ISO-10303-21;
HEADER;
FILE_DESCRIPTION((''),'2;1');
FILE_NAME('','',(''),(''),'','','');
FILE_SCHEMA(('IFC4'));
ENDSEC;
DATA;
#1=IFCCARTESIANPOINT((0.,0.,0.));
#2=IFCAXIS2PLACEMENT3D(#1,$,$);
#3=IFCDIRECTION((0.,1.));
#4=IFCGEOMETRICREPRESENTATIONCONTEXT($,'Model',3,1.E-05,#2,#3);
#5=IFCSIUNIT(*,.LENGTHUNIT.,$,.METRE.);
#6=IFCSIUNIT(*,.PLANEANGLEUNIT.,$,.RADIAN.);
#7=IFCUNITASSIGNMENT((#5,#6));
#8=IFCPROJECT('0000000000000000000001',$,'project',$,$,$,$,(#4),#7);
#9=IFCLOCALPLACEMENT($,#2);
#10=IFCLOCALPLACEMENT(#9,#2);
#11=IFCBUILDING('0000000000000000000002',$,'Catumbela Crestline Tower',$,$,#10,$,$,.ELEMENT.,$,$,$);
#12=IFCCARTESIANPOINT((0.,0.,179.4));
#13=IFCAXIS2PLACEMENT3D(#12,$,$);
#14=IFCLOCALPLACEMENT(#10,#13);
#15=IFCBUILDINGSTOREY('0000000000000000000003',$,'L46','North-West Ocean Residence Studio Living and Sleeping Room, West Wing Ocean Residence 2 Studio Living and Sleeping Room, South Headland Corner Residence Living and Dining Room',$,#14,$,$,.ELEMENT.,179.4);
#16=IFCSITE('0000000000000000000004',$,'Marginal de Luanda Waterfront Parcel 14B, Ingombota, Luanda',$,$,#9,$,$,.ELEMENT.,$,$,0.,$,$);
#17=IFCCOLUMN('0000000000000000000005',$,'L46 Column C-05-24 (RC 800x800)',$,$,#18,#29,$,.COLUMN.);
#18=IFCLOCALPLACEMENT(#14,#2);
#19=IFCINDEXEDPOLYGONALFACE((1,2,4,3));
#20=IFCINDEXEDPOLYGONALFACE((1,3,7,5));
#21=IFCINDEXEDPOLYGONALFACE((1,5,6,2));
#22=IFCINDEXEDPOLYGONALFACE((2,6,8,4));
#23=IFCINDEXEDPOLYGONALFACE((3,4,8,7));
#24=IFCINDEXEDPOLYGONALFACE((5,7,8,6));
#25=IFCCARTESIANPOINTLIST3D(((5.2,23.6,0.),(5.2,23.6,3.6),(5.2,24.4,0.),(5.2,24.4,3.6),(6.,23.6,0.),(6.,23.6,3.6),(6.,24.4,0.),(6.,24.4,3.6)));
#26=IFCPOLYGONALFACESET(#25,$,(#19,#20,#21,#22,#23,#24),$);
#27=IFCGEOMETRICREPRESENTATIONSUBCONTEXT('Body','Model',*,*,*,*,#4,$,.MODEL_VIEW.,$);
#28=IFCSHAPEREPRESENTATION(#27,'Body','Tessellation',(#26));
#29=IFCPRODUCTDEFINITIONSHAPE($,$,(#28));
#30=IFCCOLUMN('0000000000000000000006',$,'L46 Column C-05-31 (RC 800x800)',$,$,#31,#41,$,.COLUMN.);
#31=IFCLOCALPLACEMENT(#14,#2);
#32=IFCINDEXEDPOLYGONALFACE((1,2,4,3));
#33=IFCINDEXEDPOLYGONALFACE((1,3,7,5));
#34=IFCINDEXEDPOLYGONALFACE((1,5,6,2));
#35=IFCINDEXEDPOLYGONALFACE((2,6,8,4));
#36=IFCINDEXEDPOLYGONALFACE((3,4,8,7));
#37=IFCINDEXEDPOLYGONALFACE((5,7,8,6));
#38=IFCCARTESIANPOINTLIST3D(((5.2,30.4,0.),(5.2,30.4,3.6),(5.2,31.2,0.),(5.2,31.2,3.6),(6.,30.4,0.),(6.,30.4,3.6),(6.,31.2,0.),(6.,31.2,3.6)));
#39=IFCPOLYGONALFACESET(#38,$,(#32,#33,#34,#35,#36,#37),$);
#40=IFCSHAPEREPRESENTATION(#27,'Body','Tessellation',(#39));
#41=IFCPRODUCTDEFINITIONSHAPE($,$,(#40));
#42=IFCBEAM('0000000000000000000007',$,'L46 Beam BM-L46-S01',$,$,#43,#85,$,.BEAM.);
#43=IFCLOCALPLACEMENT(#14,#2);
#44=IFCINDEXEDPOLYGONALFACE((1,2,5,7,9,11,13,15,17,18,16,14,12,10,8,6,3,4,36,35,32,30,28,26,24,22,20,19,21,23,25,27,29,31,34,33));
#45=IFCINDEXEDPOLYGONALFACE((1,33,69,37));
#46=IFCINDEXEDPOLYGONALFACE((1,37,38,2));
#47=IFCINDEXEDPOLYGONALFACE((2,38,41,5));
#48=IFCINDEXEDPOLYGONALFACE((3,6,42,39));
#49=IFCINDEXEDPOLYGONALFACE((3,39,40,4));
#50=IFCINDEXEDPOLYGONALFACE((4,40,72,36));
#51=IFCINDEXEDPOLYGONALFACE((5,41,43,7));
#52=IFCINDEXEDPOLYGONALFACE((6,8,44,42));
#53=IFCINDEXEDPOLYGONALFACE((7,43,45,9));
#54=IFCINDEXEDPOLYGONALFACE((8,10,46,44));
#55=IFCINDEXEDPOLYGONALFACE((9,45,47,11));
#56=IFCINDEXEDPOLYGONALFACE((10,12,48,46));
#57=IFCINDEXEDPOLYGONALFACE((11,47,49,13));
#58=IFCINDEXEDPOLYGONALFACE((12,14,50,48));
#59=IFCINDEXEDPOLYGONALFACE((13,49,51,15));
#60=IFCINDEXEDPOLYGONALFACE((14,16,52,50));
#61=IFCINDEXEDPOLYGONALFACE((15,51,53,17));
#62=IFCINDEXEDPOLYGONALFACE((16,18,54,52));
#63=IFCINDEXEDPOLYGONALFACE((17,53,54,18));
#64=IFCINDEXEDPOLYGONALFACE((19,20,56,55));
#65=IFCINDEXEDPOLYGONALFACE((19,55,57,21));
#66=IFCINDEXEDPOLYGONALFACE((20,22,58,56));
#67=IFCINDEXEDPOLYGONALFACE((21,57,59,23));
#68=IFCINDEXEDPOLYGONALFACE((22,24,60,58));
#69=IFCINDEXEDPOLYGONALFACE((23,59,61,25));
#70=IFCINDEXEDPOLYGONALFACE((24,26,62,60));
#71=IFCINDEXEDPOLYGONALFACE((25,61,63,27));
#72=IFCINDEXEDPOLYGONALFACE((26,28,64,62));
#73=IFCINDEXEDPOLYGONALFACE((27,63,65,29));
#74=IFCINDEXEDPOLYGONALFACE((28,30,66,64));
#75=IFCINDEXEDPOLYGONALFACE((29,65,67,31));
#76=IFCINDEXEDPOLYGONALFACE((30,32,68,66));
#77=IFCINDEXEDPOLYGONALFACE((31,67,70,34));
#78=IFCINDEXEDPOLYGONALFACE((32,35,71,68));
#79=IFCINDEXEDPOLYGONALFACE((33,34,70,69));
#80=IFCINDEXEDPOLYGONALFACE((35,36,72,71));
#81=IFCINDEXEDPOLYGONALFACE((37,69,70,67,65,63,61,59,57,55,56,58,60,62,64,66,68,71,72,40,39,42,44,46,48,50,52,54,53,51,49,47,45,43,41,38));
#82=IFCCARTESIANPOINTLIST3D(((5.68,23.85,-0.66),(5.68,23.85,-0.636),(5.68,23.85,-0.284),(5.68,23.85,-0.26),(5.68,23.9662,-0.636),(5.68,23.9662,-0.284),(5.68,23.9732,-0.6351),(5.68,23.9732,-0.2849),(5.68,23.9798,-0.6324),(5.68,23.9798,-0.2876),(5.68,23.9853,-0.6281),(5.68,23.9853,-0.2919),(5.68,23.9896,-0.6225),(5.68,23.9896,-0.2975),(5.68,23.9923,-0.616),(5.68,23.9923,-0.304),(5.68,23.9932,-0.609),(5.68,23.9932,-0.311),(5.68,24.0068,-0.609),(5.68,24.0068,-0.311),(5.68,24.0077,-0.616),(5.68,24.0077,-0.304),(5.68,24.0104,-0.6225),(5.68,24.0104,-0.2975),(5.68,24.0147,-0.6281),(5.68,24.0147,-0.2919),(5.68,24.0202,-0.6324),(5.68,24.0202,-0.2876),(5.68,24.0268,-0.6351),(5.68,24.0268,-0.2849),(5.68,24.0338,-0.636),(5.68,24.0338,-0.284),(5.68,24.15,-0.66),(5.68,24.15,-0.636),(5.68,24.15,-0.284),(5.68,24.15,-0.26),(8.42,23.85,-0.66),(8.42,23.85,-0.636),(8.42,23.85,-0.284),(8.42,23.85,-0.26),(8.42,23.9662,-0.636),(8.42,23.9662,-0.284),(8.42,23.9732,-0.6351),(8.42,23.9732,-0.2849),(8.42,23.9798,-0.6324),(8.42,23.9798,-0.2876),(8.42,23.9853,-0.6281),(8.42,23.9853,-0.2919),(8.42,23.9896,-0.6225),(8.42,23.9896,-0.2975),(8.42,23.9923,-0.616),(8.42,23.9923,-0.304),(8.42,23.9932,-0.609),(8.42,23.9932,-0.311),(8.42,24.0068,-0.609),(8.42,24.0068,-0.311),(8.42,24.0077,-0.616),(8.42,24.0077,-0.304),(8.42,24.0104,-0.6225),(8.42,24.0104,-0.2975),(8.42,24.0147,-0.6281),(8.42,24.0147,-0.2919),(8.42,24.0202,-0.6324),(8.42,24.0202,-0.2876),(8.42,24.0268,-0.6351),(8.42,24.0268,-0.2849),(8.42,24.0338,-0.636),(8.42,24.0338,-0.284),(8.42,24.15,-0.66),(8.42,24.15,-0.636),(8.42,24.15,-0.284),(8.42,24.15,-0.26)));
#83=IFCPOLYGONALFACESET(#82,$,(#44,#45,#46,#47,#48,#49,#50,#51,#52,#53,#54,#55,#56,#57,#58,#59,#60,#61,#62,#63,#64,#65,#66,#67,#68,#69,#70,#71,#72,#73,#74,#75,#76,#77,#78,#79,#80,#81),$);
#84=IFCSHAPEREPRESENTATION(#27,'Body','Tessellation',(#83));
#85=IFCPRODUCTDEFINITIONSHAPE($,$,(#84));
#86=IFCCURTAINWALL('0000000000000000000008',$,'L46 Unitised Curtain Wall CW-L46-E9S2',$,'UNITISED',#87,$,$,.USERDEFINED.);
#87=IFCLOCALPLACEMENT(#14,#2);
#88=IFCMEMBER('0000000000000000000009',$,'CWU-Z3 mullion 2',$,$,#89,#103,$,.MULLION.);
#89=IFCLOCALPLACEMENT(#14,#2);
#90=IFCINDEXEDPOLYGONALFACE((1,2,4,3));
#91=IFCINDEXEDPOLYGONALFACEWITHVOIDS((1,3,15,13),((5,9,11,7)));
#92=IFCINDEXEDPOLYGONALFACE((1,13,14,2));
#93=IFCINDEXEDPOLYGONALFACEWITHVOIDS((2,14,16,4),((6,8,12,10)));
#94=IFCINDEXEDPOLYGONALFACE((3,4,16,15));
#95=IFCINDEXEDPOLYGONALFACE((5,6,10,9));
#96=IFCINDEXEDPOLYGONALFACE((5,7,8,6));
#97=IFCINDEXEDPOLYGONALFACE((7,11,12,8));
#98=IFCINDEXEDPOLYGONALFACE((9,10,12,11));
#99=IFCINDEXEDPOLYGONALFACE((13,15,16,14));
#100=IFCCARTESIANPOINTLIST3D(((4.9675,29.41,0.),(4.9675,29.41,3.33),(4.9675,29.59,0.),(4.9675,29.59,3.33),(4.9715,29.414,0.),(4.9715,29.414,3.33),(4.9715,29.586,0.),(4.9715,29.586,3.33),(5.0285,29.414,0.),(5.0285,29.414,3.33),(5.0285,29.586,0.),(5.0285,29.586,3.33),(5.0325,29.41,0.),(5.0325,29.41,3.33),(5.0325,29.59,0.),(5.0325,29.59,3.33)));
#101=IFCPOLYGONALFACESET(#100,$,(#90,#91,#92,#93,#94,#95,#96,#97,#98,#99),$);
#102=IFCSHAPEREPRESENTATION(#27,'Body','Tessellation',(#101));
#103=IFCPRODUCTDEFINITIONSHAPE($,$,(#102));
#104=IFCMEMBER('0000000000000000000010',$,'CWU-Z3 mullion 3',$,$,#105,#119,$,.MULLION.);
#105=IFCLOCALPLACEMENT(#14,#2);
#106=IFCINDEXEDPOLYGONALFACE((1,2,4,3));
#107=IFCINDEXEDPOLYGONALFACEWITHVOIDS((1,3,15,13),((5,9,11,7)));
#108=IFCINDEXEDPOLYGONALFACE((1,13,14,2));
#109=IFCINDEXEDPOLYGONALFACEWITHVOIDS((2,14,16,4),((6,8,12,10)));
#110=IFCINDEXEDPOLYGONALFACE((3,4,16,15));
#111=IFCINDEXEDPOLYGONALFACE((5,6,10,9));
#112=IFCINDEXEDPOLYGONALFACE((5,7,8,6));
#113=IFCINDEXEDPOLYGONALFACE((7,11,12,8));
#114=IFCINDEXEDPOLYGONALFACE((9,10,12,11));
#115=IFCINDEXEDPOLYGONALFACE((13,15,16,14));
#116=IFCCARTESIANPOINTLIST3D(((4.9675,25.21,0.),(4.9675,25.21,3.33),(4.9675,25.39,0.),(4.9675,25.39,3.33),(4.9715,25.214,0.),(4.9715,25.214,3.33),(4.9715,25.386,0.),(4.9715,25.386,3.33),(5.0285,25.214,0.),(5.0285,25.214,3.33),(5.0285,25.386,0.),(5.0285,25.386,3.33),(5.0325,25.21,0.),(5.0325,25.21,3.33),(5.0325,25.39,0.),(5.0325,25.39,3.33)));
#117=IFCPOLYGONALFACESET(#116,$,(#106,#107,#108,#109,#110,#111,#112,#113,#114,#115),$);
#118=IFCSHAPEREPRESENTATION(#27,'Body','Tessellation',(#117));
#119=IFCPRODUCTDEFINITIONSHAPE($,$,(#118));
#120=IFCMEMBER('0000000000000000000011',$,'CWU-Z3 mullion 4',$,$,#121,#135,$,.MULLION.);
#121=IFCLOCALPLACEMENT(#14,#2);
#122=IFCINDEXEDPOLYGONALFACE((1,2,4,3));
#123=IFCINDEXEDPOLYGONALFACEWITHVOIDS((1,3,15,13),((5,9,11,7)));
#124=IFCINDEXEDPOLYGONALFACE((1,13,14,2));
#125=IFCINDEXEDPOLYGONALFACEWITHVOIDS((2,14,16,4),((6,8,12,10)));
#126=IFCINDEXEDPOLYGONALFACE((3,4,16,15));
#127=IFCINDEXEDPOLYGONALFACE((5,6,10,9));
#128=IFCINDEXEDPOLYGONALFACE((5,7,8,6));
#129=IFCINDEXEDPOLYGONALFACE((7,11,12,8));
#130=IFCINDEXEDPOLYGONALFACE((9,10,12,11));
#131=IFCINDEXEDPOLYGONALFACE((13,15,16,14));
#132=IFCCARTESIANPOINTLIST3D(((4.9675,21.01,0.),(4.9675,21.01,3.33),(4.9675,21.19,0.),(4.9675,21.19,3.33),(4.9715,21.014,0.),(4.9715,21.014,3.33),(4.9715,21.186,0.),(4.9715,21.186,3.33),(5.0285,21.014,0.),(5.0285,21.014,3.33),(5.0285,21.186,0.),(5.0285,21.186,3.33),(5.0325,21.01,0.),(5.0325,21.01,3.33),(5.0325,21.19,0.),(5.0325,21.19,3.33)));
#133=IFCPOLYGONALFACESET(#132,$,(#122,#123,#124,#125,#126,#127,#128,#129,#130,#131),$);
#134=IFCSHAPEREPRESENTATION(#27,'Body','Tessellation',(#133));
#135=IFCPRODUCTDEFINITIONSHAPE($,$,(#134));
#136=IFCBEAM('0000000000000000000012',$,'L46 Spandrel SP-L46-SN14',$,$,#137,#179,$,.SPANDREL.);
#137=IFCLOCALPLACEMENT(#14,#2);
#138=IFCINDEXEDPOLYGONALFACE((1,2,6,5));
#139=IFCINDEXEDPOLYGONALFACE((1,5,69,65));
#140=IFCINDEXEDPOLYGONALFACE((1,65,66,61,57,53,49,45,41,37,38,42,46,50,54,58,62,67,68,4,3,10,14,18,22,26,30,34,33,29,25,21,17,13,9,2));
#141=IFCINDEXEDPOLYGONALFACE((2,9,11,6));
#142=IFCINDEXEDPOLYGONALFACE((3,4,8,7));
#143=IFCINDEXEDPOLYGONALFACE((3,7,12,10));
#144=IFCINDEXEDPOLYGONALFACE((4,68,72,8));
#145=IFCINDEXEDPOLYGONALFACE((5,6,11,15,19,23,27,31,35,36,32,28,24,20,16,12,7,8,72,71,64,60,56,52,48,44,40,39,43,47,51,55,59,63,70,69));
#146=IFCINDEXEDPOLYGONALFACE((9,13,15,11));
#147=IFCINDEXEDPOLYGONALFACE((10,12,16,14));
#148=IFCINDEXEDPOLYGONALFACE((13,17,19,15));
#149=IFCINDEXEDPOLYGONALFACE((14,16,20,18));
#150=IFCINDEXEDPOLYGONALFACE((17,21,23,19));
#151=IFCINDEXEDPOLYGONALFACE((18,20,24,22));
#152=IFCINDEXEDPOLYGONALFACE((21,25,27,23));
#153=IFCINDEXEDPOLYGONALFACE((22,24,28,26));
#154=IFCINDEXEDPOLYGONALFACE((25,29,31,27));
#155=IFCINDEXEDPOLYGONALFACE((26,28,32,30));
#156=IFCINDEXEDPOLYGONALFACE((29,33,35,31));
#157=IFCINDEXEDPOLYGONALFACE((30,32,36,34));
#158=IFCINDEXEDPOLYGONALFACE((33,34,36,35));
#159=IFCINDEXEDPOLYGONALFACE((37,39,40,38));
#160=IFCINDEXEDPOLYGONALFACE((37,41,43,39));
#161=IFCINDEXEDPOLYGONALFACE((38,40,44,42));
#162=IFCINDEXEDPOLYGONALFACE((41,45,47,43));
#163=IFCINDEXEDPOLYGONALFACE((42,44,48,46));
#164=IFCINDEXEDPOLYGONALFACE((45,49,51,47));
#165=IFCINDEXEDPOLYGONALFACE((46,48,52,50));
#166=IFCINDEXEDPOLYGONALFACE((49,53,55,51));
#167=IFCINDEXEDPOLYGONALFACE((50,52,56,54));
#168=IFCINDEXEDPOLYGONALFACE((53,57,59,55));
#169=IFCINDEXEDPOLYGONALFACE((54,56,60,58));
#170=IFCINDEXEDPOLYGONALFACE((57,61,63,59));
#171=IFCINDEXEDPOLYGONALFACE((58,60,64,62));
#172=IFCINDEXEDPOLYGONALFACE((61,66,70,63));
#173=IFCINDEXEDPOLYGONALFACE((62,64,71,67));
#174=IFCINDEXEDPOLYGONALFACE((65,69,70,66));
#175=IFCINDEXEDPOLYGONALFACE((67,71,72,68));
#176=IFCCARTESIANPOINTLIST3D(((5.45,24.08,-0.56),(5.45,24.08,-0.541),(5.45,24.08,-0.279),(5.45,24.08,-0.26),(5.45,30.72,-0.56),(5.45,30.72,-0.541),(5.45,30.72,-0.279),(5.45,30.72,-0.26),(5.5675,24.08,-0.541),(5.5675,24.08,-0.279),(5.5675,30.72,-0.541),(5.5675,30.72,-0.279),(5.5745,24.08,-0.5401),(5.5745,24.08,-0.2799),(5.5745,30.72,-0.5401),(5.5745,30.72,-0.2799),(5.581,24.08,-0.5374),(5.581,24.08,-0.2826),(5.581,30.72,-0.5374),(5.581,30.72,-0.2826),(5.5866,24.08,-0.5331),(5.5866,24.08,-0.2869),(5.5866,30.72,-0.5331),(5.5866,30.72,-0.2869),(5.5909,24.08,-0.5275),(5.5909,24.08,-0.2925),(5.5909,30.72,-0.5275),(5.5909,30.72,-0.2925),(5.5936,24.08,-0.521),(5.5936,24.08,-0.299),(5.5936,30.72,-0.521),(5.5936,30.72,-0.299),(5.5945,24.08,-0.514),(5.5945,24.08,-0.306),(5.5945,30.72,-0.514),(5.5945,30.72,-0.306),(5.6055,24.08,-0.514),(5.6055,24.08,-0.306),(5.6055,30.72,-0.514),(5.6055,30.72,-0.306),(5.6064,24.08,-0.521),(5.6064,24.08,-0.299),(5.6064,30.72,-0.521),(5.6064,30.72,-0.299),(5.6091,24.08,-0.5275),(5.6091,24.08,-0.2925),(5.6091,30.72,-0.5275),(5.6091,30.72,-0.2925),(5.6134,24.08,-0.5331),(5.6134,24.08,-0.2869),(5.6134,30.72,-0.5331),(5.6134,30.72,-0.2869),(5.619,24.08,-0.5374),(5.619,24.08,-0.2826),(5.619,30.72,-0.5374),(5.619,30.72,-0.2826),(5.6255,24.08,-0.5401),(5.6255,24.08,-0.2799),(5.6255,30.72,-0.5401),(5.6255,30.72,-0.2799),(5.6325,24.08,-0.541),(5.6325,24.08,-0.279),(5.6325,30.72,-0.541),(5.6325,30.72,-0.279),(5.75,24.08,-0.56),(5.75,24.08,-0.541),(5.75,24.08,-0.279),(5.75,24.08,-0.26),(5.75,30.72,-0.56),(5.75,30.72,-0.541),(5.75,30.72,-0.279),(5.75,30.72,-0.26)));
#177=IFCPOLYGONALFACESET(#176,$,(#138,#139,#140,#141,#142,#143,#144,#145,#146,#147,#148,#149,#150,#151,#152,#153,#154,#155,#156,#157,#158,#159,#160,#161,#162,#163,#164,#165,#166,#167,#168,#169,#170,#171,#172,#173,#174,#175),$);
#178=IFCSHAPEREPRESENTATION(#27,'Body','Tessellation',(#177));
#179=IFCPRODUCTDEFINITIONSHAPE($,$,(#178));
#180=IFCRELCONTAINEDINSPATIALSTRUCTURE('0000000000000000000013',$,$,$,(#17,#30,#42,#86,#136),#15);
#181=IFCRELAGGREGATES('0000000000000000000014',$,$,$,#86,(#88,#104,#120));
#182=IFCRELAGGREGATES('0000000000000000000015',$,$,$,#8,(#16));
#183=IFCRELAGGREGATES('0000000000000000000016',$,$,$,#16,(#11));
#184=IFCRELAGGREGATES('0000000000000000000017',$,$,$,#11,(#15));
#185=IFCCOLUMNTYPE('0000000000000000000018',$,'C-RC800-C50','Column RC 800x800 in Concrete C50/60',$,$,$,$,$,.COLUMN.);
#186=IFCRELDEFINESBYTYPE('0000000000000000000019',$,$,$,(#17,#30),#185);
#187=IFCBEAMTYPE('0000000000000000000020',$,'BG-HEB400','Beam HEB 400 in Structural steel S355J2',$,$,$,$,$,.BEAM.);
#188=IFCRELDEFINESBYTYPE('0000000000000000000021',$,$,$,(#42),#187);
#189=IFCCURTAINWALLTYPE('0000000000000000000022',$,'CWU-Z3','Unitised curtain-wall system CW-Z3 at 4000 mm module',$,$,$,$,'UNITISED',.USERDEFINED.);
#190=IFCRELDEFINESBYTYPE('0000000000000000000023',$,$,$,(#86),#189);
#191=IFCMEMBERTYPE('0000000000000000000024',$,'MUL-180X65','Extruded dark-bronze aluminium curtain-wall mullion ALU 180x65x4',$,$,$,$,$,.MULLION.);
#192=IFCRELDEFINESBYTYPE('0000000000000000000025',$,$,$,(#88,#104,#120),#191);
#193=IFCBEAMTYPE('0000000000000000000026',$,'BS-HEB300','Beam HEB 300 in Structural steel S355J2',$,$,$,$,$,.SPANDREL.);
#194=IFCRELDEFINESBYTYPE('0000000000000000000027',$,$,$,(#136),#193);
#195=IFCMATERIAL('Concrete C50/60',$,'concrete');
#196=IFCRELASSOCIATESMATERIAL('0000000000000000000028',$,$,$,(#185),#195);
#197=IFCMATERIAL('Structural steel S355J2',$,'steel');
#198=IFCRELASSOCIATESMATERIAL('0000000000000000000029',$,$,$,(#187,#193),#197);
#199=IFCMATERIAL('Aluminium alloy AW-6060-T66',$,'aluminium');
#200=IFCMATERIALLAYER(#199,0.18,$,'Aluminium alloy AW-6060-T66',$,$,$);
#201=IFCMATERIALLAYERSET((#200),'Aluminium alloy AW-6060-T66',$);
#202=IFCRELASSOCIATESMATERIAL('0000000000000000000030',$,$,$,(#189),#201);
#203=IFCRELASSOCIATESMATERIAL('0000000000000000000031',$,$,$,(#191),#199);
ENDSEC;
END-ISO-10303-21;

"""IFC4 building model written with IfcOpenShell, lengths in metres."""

from ifc_helpers import new_model, si_unit, direction, frame, origin, origin_2d, place, context, subcontext, project, spatial, rectangle, hollow_rectangle, i_section, extrude, material, layer, layer_set, material_profile, profile_set, type_object, element, aggregate, save


model = new_model("IFC4")

# Units and contexts
model_context = context("Model", 3, precision=1e-05, world=origin(), true_north=direction((0.0, 1.0)))
body_context = subcontext(model_context, "Body", "Model", "MODEL_VIEW")
ifc_project = project(units=[si_unit("LENGTHUNIT", "METRE"), si_unit("PLANEANGLEUNIT", "RADIAN")], contexts=[model_context])

# Site, building, storey
site_placement = place(None, origin())
site = spatial("IfcSite", under=ifc_project, at=site_placement, Name="Marginal de Luanda Waterfront Parcel 14B, Ingombota, Luanda", CompositionType="ELEMENT", RefElevation=0.0)
building_placement = place(site_placement, origin())
building = spatial("IfcBuilding", under=site, at=building_placement, Name="Catumbela Crestline Tower", CompositionType="ELEMENT")
storey_placement = place(building_placement, frame((0.0, 0.0, 179.4)))
storey = spatial("IfcBuildingStorey", under=building, at=storey_placement, Name="L46", Description="North-West Ocean Residence Studio Living and Sleeping Room, West Wing Ocean Residence 2 Studio Living and Sleeping Room, South Headland Corner Residence Living and Dining Room", CompositionType="ELEMENT", Elevation=179.4)

# Columns
ifc_material_1 = material(Name="Concrete C50/60", Category="concrete")
ifc_material_profile_1 = material_profile(ifc_material_1, rectangle(XDim=0.8, YDim=0.8, at=origin_2d()), Name="RC 800x800")
ifc_profile_set_1 = profile_set([ifc_material_profile_1], Name="Concrete C50/60")
column_type = type_object("IfcColumnType", Name="C-RC800-C50", Description="Column RC 800x800 in Concrete C50/60", PredefinedType="COLUMN", material=ifc_profile_set_1)
for number, where, z_axis, x_axis, name in (
    (1, (5.6, 24.0, 0.0), (0.0, 0.0, 1.0), (1.0, 0.0, 0.0), "L46 Column C-05-24 (RC 800x800)"),
    (2, (5.6, 30.8, 0.0), (0.0, 0.0, 1.0), (1.0, 0.0, 0.0), "L46 Column C-05-31 (RC 800x800)"),
):
    element("IfcColumn", number, at=place(storey_placement, frame(where, z_axis=z_axis, x_axis=x_axis)), inside=storey, type_object=column_type, Name=name, PredefinedType="COLUMN", context=body_context, shape_type="SweptSolid", body=[
        extrude(rectangle(XDim=0.8, YDim=0.8, at=origin_2d()), origin(), (0.0, 0.0, 1.0), 3.6),
    ])

# Beam
ifc_material_2 = material(Name="Structural steel S355J2", Category="steel")
ifc_material_profile_2 = material_profile(ifc_material_2, i_section(OverallWidth=0.3, OverallDepth=0.4, WebThickness=0.0135, FlangeThickness=0.024, FilletRadius=0.027, at=origin_2d()), Name="HEB 400")
ifc_profile_set_2 = profile_set([ifc_material_profile_2], Name="Structural steel S355J2")
beam_type_1 = type_object("IfcBeamType", Name="BG-HEB400", Description="Beam HEB 400 in Structural steel S355J2", PredefinedType="BEAM", material=ifc_profile_set_2)
beam_1_placement = place(storey_placement, frame((5.68, 24.0, -0.46), z_axis=(1.0, 0.0, 0.0), x_axis=(0.0, 1.0, 0.0)))
element("IfcBeam", 3, at=beam_1_placement, inside=storey, type_object=beam_type_1, Name="L46 Beam BM-L46-S01", PredefinedType="BEAM", context=body_context, shape_type="SweptSolid", body=[
    extrude(i_section(OverallWidth=0.3, OverallDepth=0.4, WebThickness=0.0135, FlangeThickness=0.024, FilletRadius=0.027, at=origin_2d()), origin(), (0.0, 0.0, 1.0), 2.74),
])

# Curtain wall, members
ifc_material_3 = material(Name="Aluminium alloy AW-6060-T66", Category="aluminium")
ifc_layer_1 = layer(ifc_material_3, 0.18, Name="Aluminium alloy AW-6060-T66")
ifc_layer_set_1 = layer_set([ifc_layer_1], Name="Aluminium alloy AW-6060-T66")
curtain_wall_type = type_object("IfcCurtainWallType", Name="CWU-Z3", Description="Unitised curtain-wall system CW-Z3 at 4000 mm module", ElementType="UNITISED", PredefinedType="USERDEFINED", material=ifc_layer_set_1)
curtain_wall_placement = place(storey_placement, origin())
curtain_wall = element("IfcCurtainWall", 4, at=curtain_wall_placement, inside=storey, type_object=curtain_wall_type, Name="L46 Unitised Curtain Wall CW-L46-E9S2", ObjectType="UNITISED", PredefinedType="USERDEFINED")
ifc_material_profile_3 = material_profile(ifc_material_3, hollow_rectangle(XDim=0.065, YDim=0.18, WallThickness=0.004, at=origin_2d()), Name="ALU 180x65x4")
ifc_profile_set_3 = profile_set([ifc_material_profile_3], Name="Aluminium alloy AW-6060-T66")
member_type_1 = type_object("IfcMemberType", Name="MUL-180X65", Description="Extruded dark-bronze aluminium curtain-wall mullion ALU 180x65x4", PredefinedType="MULLION", material=ifc_profile_set_3)
member_1_placement = place(storey_placement, frame((5.0, 29.5, 0.0), z_axis=(0.0, 0.0, 1.0), x_axis=(1.0, 0.0, 0.0)))
member_1 = element("IfcMember", 5, at=member_1_placement, type_object=member_type_1, Name="CWU-Z3 mullion 2", PredefinedType="MULLION", context=body_context, shape_type="SweptSolid", body=[
    extrude(hollow_rectangle(XDim=0.065, YDim=0.18, WallThickness=0.004, at=origin_2d()), origin(), (0.0, 0.0, 1.0), 3.33),
])
member_2_placement = place(storey_placement, frame((5.0, 25.3, 0.0), z_axis=(0.0, 0.0, 1.0), x_axis=(1.0, 0.0, 0.0)))
member_2 = element("IfcMember", 6, at=member_2_placement, type_object=member_type_1, Name="CWU-Z3 mullion 3", PredefinedType="MULLION", context=body_context, shape_type="SweptSolid", body=[
    extrude(hollow_rectangle(XDim=0.065, YDim=0.18, WallThickness=0.004, at=origin_2d()), origin(), (0.0, 0.0, 1.0), 3.33),
])
member_3_placement = place(storey_placement, frame((5.0, 21.1, 0.0), z_axis=(0.0, 0.0, 1.0), x_axis=(1.0, 0.0, 0.0)))
member_3 = element("IfcMember", 7, at=member_3_placement, type_object=member_type_1, Name="CWU-Z3 mullion 4", PredefinedType="MULLION", context=body_context, shape_type="SweptSolid", body=[
    extrude(hollow_rectangle(XDim=0.065, YDim=0.18, WallThickness=0.004, at=origin_2d()), origin(), (0.0, 0.0, 1.0), 3.33),
])

# Beam
ifc_material_profile_4 = material_profile(ifc_material_2, i_section(OverallWidth=0.3, OverallDepth=0.3, WebThickness=0.011, FlangeThickness=0.019, FilletRadius=0.027, at=origin_2d()), Name="HEB 300")
ifc_profile_set_4 = profile_set([ifc_material_profile_4], Name="Structural steel S355J2")
beam_type_2 = type_object("IfcBeamType", Name="BS-HEB300", Description="Beam HEB 300 in Structural steel S355J2", PredefinedType="SPANDREL", material=ifc_profile_set_4)
beam_2_placement = place(storey_placement, frame((5.6, 24.08, -0.41), z_axis=(0.0, 1.0, 0.0), x_axis=(-1.0, 0.0, 0.0)))
element("IfcBeam", 8, at=beam_2_placement, inside=storey, type_object=beam_type_2, Name="L46 Spandrel SP-L46-SN14", PredefinedType="SPANDREL", context=body_context, shape_type="SweptSolid", body=[
    extrude(i_section(OverallWidth=0.3, OverallDepth=0.3, WebThickness=0.011, FlangeThickness=0.019, FilletRadius=0.027, at=origin_2d()), origin(), (0.0, 0.0, 1.0), 6.64),
])

aggregate(curtain_wall, [member_1, member_2, member_3])

save(model, "model.ifc")
